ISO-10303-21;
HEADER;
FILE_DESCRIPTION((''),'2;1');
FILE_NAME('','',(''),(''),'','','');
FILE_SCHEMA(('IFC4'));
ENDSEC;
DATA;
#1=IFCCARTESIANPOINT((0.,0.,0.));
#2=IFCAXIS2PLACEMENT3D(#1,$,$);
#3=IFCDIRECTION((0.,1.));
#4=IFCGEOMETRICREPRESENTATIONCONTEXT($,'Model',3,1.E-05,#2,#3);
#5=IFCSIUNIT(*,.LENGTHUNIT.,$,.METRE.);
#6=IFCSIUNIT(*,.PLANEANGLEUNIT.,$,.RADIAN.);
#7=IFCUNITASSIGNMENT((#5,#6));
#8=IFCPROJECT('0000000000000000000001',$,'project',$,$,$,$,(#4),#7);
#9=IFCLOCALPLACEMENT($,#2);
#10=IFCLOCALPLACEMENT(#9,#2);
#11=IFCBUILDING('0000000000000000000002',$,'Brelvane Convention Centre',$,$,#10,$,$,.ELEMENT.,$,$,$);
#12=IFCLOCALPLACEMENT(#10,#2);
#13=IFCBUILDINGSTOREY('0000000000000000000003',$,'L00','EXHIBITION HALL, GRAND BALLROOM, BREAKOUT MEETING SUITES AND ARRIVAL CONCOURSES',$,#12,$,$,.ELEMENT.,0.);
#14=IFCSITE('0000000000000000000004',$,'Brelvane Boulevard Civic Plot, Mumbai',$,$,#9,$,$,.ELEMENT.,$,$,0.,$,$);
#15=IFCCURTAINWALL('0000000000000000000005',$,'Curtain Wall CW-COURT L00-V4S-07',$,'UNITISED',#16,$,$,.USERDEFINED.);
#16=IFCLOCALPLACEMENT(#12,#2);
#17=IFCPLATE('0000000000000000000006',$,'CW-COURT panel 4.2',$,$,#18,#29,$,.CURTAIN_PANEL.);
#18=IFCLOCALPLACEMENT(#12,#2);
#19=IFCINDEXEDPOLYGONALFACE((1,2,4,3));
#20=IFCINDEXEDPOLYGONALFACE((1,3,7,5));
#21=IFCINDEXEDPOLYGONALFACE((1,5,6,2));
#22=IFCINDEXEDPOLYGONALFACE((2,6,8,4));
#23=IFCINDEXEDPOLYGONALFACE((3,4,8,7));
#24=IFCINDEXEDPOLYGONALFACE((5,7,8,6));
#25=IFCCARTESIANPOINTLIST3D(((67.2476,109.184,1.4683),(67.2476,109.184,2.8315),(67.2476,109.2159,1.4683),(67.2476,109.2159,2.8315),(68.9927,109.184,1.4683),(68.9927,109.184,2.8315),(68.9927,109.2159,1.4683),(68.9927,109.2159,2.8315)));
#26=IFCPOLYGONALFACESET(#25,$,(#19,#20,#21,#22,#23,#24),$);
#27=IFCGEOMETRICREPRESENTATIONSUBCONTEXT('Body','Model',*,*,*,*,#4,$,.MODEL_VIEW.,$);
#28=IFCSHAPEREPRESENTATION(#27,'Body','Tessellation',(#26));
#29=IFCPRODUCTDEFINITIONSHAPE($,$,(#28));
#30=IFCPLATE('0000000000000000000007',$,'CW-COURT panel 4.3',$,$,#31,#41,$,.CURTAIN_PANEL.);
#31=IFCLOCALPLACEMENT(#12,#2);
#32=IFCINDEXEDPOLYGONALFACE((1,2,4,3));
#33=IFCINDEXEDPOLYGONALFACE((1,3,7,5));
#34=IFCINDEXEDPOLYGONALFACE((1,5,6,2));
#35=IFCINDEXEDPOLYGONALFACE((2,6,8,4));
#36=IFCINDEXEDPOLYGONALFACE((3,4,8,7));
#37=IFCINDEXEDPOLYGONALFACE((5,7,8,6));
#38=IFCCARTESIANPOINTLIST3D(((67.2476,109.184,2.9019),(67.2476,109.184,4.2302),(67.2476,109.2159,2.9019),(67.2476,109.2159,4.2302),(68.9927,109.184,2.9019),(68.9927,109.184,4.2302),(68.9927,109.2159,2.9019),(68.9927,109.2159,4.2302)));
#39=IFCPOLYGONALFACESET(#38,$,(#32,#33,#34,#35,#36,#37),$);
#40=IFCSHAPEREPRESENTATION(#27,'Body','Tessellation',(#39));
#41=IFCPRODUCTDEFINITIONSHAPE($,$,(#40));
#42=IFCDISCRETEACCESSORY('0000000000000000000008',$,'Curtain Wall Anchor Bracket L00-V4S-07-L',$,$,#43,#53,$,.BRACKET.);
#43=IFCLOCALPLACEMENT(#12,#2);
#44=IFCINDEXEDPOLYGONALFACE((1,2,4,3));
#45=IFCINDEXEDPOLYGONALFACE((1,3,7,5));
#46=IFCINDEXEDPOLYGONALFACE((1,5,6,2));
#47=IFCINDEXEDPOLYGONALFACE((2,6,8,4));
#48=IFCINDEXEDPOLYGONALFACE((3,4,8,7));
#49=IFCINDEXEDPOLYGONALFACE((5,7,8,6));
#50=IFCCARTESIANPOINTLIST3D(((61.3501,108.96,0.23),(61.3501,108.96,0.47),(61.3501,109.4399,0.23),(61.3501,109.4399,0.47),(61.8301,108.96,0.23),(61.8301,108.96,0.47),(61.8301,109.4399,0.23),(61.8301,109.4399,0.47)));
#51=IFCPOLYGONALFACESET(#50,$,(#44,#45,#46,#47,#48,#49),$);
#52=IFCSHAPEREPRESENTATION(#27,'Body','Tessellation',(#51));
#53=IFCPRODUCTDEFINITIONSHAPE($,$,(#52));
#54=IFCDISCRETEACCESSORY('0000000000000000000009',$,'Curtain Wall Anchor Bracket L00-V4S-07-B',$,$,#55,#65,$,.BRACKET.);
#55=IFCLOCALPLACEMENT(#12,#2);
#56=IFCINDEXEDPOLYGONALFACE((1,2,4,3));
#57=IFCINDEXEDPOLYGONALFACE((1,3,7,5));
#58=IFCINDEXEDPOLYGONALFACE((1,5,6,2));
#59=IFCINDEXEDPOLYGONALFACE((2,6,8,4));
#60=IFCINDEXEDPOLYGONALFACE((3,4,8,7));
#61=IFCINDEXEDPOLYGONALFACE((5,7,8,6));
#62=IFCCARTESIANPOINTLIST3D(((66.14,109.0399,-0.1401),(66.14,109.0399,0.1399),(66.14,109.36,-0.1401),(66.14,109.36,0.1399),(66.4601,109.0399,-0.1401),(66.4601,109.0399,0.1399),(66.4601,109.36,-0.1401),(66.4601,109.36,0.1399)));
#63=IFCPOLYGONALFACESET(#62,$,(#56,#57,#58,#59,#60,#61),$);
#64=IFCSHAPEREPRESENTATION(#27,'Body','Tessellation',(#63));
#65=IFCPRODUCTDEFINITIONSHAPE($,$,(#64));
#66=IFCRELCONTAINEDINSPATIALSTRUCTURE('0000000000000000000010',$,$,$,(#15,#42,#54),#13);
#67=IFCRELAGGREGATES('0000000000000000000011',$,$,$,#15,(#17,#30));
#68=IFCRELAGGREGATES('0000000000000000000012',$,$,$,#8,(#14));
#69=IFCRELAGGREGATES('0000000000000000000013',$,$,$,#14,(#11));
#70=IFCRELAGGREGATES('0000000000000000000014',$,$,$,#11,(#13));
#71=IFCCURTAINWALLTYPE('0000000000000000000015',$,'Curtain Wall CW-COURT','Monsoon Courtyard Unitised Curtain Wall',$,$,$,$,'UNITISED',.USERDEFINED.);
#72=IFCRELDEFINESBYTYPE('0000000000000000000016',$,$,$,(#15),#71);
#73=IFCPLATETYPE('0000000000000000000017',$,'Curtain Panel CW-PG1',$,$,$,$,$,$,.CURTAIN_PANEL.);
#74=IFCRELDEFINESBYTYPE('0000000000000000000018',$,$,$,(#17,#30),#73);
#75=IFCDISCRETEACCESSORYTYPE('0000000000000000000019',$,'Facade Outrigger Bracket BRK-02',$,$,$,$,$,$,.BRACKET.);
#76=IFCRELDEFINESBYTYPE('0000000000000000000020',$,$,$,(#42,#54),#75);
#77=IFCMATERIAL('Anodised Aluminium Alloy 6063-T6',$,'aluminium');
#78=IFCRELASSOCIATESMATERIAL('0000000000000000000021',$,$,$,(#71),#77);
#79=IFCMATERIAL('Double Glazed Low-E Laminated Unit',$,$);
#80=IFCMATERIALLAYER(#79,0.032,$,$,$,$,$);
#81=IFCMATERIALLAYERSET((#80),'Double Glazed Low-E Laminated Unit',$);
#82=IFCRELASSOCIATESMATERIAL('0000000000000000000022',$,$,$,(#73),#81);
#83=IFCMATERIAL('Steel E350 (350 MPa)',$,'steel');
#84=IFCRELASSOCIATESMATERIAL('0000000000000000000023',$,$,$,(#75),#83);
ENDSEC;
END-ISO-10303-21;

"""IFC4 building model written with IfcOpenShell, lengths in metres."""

from ifc_helpers import new_model, si_unit, direction, frame, origin, origin_2d, place, context, subcontext, project, spatial, rectangle, extrude, material, layer, layer_set, type_object, element, aggregate, save


model = new_model("IFC4")

# Units and contexts
model_context = context("Model", 3, precision=1e-05, world=origin(), true_north=direction((0.0, 1.0)))
body_context = subcontext(model_context, "Body", "Model", "MODEL_VIEW")
ifc_project = project(units=[si_unit("LENGTHUNIT", "METRE"), si_unit("PLANEANGLEUNIT", "RADIAN")], contexts=[model_context])

# Site, building, storey
site_placement = place(None, origin())
site = spatial("IfcSite", under=ifc_project, at=site_placement, Name="Brelvane Boulevard Civic Plot, Mumbai", CompositionType="ELEMENT", RefElevation=0.0)
building_placement = place(site_placement, origin())
building = spatial("IfcBuilding", under=site, at=building_placement, Name="Brelvane Convention Centre", CompositionType="ELEMENT")
storey_placement = place(building_placement, origin())
storey = spatial("IfcBuildingStorey", under=building, at=storey_placement, Name="L00", Description="EXHIBITION HALL, GRAND BALLROOM, BREAKOUT MEETING SUITES AND ARRIVAL CONCOURSES", CompositionType="ELEMENT", Elevation=0.0)

# Curtain wall, plates
ifc_material_1 = material(Name="Anodised Aluminium Alloy 6063-T6", Category="aluminium")
curtain_wall_type = type_object("IfcCurtainWallType", Name="Curtain Wall CW-COURT", Description="Monsoon Courtyard Unitised Curtain Wall", ElementType="UNITISED", PredefinedType="USERDEFINED", material=ifc_material_1)
curtain_wall_placement = place(storey_placement, origin())
curtain_wall = element("IfcCurtainWall", 1, at=curtain_wall_placement, inside=storey, type_object=curtain_wall_type, Name="Curtain Wall CW-COURT L00-V4S-07", ObjectType="UNITISED", PredefinedType="USERDEFINED")
ifc_material_2 = material(Name="Double Glazed Low-E Laminated Unit")
ifc_layer = layer(ifc_material_2, 0.032)
ifc_layer_set = layer_set([ifc_layer], Name="Double Glazed Low-E Laminated Unit")
plate_type = type_object("IfcPlateType", Name="Curtain Panel CW-PG1", PredefinedType="CURTAIN_PANEL", material=ifc_layer_set)
plate_1_placement = place(storey_placement, frame((68.1201, 109.2, 1.4683), z_axis=(0.0, 0.0, 1.0), x_axis=(1.0, 0.0, 0.0)))
plate_1 = element("IfcPlate", 2, at=plate_1_placement, type_object=plate_type, Name="CW-COURT panel 4.2", PredefinedType="CURTAIN_PANEL", context=body_context, shape_type="SweptSolid", body=[
    extrude(rectangle(XDim=1.7451, YDim=0.032, at=origin_2d()), origin(), (0.0, 0.0, 1.0), 1.3633),
])
plate_2_placement = place(storey_placement, frame((68.1201, 109.2, 2.9019), z_axis=(0.0, 0.0, 1.0), x_axis=(1.0, 0.0, 0.0)))
plate_2 = element("IfcPlate", 3, at=plate_2_placement, type_object=plate_type, Name="CW-COURT panel 4.3", PredefinedType="CURTAIN_PANEL", context=body_context, shape_type="SweptSolid", body=[
    extrude(rectangle(XDim=1.7451, YDim=0.032, at=origin_2d()), origin(), (0.0, 0.0, 1.0), 1.3284),
])
aggregate(curtain_wall, [plate_1, plate_2])

# Discrete accessories
ifc_material_3 = material(Name="Steel E350 (350 MPa)", Category="steel")
discrete_accessory_type = type_object("IfcDiscreteAccessoryType", Name="Facade Outrigger Bracket BRK-02", PredefinedType="BRACKET", material=ifc_material_3)
discrete_accessory_1_placement = place(storey_placement, frame((61.5901, 109.2, 0.23), z_axis=(0.0, 0.0, 1.0), x_axis=(1.0, 0.0, 0.0)))
element("IfcDiscreteAccessory", 4, at=discrete_accessory_1_placement, inside=storey, type_object=discrete_accessory_type, Name="Curtain Wall Anchor Bracket L00-V4S-07-L", PredefinedType="BRACKET", context=body_context, shape_type="SweptSolid", body=[
    extrude(rectangle(XDim=0.48, YDim=0.48, at=origin_2d()), origin(), (0.0, 0.0, 1.0), 0.24),
])
discrete_accessory_2_placement = place(storey_placement, frame((66.3, 109.2, -0.1401), z_axis=(0.0, 0.0, 1.0), x_axis=(1.0, 0.0, 0.0)))
element("IfcDiscreteAccessory", 5, at=discrete_accessory_2_placement, inside=storey, type_object=discrete_accessory_type, Name="Curtain Wall Anchor Bracket L00-V4S-07-B", PredefinedType="BRACKET", context=body_context, shape_type="SweptSolid", body=[
    extrude(rectangle(XDim=0.3201, YDim=0.3201, at=origin_2d()), origin(), (0.0, 0.0, 1.0), 0.28),
])

save(model, "model.ifc")
